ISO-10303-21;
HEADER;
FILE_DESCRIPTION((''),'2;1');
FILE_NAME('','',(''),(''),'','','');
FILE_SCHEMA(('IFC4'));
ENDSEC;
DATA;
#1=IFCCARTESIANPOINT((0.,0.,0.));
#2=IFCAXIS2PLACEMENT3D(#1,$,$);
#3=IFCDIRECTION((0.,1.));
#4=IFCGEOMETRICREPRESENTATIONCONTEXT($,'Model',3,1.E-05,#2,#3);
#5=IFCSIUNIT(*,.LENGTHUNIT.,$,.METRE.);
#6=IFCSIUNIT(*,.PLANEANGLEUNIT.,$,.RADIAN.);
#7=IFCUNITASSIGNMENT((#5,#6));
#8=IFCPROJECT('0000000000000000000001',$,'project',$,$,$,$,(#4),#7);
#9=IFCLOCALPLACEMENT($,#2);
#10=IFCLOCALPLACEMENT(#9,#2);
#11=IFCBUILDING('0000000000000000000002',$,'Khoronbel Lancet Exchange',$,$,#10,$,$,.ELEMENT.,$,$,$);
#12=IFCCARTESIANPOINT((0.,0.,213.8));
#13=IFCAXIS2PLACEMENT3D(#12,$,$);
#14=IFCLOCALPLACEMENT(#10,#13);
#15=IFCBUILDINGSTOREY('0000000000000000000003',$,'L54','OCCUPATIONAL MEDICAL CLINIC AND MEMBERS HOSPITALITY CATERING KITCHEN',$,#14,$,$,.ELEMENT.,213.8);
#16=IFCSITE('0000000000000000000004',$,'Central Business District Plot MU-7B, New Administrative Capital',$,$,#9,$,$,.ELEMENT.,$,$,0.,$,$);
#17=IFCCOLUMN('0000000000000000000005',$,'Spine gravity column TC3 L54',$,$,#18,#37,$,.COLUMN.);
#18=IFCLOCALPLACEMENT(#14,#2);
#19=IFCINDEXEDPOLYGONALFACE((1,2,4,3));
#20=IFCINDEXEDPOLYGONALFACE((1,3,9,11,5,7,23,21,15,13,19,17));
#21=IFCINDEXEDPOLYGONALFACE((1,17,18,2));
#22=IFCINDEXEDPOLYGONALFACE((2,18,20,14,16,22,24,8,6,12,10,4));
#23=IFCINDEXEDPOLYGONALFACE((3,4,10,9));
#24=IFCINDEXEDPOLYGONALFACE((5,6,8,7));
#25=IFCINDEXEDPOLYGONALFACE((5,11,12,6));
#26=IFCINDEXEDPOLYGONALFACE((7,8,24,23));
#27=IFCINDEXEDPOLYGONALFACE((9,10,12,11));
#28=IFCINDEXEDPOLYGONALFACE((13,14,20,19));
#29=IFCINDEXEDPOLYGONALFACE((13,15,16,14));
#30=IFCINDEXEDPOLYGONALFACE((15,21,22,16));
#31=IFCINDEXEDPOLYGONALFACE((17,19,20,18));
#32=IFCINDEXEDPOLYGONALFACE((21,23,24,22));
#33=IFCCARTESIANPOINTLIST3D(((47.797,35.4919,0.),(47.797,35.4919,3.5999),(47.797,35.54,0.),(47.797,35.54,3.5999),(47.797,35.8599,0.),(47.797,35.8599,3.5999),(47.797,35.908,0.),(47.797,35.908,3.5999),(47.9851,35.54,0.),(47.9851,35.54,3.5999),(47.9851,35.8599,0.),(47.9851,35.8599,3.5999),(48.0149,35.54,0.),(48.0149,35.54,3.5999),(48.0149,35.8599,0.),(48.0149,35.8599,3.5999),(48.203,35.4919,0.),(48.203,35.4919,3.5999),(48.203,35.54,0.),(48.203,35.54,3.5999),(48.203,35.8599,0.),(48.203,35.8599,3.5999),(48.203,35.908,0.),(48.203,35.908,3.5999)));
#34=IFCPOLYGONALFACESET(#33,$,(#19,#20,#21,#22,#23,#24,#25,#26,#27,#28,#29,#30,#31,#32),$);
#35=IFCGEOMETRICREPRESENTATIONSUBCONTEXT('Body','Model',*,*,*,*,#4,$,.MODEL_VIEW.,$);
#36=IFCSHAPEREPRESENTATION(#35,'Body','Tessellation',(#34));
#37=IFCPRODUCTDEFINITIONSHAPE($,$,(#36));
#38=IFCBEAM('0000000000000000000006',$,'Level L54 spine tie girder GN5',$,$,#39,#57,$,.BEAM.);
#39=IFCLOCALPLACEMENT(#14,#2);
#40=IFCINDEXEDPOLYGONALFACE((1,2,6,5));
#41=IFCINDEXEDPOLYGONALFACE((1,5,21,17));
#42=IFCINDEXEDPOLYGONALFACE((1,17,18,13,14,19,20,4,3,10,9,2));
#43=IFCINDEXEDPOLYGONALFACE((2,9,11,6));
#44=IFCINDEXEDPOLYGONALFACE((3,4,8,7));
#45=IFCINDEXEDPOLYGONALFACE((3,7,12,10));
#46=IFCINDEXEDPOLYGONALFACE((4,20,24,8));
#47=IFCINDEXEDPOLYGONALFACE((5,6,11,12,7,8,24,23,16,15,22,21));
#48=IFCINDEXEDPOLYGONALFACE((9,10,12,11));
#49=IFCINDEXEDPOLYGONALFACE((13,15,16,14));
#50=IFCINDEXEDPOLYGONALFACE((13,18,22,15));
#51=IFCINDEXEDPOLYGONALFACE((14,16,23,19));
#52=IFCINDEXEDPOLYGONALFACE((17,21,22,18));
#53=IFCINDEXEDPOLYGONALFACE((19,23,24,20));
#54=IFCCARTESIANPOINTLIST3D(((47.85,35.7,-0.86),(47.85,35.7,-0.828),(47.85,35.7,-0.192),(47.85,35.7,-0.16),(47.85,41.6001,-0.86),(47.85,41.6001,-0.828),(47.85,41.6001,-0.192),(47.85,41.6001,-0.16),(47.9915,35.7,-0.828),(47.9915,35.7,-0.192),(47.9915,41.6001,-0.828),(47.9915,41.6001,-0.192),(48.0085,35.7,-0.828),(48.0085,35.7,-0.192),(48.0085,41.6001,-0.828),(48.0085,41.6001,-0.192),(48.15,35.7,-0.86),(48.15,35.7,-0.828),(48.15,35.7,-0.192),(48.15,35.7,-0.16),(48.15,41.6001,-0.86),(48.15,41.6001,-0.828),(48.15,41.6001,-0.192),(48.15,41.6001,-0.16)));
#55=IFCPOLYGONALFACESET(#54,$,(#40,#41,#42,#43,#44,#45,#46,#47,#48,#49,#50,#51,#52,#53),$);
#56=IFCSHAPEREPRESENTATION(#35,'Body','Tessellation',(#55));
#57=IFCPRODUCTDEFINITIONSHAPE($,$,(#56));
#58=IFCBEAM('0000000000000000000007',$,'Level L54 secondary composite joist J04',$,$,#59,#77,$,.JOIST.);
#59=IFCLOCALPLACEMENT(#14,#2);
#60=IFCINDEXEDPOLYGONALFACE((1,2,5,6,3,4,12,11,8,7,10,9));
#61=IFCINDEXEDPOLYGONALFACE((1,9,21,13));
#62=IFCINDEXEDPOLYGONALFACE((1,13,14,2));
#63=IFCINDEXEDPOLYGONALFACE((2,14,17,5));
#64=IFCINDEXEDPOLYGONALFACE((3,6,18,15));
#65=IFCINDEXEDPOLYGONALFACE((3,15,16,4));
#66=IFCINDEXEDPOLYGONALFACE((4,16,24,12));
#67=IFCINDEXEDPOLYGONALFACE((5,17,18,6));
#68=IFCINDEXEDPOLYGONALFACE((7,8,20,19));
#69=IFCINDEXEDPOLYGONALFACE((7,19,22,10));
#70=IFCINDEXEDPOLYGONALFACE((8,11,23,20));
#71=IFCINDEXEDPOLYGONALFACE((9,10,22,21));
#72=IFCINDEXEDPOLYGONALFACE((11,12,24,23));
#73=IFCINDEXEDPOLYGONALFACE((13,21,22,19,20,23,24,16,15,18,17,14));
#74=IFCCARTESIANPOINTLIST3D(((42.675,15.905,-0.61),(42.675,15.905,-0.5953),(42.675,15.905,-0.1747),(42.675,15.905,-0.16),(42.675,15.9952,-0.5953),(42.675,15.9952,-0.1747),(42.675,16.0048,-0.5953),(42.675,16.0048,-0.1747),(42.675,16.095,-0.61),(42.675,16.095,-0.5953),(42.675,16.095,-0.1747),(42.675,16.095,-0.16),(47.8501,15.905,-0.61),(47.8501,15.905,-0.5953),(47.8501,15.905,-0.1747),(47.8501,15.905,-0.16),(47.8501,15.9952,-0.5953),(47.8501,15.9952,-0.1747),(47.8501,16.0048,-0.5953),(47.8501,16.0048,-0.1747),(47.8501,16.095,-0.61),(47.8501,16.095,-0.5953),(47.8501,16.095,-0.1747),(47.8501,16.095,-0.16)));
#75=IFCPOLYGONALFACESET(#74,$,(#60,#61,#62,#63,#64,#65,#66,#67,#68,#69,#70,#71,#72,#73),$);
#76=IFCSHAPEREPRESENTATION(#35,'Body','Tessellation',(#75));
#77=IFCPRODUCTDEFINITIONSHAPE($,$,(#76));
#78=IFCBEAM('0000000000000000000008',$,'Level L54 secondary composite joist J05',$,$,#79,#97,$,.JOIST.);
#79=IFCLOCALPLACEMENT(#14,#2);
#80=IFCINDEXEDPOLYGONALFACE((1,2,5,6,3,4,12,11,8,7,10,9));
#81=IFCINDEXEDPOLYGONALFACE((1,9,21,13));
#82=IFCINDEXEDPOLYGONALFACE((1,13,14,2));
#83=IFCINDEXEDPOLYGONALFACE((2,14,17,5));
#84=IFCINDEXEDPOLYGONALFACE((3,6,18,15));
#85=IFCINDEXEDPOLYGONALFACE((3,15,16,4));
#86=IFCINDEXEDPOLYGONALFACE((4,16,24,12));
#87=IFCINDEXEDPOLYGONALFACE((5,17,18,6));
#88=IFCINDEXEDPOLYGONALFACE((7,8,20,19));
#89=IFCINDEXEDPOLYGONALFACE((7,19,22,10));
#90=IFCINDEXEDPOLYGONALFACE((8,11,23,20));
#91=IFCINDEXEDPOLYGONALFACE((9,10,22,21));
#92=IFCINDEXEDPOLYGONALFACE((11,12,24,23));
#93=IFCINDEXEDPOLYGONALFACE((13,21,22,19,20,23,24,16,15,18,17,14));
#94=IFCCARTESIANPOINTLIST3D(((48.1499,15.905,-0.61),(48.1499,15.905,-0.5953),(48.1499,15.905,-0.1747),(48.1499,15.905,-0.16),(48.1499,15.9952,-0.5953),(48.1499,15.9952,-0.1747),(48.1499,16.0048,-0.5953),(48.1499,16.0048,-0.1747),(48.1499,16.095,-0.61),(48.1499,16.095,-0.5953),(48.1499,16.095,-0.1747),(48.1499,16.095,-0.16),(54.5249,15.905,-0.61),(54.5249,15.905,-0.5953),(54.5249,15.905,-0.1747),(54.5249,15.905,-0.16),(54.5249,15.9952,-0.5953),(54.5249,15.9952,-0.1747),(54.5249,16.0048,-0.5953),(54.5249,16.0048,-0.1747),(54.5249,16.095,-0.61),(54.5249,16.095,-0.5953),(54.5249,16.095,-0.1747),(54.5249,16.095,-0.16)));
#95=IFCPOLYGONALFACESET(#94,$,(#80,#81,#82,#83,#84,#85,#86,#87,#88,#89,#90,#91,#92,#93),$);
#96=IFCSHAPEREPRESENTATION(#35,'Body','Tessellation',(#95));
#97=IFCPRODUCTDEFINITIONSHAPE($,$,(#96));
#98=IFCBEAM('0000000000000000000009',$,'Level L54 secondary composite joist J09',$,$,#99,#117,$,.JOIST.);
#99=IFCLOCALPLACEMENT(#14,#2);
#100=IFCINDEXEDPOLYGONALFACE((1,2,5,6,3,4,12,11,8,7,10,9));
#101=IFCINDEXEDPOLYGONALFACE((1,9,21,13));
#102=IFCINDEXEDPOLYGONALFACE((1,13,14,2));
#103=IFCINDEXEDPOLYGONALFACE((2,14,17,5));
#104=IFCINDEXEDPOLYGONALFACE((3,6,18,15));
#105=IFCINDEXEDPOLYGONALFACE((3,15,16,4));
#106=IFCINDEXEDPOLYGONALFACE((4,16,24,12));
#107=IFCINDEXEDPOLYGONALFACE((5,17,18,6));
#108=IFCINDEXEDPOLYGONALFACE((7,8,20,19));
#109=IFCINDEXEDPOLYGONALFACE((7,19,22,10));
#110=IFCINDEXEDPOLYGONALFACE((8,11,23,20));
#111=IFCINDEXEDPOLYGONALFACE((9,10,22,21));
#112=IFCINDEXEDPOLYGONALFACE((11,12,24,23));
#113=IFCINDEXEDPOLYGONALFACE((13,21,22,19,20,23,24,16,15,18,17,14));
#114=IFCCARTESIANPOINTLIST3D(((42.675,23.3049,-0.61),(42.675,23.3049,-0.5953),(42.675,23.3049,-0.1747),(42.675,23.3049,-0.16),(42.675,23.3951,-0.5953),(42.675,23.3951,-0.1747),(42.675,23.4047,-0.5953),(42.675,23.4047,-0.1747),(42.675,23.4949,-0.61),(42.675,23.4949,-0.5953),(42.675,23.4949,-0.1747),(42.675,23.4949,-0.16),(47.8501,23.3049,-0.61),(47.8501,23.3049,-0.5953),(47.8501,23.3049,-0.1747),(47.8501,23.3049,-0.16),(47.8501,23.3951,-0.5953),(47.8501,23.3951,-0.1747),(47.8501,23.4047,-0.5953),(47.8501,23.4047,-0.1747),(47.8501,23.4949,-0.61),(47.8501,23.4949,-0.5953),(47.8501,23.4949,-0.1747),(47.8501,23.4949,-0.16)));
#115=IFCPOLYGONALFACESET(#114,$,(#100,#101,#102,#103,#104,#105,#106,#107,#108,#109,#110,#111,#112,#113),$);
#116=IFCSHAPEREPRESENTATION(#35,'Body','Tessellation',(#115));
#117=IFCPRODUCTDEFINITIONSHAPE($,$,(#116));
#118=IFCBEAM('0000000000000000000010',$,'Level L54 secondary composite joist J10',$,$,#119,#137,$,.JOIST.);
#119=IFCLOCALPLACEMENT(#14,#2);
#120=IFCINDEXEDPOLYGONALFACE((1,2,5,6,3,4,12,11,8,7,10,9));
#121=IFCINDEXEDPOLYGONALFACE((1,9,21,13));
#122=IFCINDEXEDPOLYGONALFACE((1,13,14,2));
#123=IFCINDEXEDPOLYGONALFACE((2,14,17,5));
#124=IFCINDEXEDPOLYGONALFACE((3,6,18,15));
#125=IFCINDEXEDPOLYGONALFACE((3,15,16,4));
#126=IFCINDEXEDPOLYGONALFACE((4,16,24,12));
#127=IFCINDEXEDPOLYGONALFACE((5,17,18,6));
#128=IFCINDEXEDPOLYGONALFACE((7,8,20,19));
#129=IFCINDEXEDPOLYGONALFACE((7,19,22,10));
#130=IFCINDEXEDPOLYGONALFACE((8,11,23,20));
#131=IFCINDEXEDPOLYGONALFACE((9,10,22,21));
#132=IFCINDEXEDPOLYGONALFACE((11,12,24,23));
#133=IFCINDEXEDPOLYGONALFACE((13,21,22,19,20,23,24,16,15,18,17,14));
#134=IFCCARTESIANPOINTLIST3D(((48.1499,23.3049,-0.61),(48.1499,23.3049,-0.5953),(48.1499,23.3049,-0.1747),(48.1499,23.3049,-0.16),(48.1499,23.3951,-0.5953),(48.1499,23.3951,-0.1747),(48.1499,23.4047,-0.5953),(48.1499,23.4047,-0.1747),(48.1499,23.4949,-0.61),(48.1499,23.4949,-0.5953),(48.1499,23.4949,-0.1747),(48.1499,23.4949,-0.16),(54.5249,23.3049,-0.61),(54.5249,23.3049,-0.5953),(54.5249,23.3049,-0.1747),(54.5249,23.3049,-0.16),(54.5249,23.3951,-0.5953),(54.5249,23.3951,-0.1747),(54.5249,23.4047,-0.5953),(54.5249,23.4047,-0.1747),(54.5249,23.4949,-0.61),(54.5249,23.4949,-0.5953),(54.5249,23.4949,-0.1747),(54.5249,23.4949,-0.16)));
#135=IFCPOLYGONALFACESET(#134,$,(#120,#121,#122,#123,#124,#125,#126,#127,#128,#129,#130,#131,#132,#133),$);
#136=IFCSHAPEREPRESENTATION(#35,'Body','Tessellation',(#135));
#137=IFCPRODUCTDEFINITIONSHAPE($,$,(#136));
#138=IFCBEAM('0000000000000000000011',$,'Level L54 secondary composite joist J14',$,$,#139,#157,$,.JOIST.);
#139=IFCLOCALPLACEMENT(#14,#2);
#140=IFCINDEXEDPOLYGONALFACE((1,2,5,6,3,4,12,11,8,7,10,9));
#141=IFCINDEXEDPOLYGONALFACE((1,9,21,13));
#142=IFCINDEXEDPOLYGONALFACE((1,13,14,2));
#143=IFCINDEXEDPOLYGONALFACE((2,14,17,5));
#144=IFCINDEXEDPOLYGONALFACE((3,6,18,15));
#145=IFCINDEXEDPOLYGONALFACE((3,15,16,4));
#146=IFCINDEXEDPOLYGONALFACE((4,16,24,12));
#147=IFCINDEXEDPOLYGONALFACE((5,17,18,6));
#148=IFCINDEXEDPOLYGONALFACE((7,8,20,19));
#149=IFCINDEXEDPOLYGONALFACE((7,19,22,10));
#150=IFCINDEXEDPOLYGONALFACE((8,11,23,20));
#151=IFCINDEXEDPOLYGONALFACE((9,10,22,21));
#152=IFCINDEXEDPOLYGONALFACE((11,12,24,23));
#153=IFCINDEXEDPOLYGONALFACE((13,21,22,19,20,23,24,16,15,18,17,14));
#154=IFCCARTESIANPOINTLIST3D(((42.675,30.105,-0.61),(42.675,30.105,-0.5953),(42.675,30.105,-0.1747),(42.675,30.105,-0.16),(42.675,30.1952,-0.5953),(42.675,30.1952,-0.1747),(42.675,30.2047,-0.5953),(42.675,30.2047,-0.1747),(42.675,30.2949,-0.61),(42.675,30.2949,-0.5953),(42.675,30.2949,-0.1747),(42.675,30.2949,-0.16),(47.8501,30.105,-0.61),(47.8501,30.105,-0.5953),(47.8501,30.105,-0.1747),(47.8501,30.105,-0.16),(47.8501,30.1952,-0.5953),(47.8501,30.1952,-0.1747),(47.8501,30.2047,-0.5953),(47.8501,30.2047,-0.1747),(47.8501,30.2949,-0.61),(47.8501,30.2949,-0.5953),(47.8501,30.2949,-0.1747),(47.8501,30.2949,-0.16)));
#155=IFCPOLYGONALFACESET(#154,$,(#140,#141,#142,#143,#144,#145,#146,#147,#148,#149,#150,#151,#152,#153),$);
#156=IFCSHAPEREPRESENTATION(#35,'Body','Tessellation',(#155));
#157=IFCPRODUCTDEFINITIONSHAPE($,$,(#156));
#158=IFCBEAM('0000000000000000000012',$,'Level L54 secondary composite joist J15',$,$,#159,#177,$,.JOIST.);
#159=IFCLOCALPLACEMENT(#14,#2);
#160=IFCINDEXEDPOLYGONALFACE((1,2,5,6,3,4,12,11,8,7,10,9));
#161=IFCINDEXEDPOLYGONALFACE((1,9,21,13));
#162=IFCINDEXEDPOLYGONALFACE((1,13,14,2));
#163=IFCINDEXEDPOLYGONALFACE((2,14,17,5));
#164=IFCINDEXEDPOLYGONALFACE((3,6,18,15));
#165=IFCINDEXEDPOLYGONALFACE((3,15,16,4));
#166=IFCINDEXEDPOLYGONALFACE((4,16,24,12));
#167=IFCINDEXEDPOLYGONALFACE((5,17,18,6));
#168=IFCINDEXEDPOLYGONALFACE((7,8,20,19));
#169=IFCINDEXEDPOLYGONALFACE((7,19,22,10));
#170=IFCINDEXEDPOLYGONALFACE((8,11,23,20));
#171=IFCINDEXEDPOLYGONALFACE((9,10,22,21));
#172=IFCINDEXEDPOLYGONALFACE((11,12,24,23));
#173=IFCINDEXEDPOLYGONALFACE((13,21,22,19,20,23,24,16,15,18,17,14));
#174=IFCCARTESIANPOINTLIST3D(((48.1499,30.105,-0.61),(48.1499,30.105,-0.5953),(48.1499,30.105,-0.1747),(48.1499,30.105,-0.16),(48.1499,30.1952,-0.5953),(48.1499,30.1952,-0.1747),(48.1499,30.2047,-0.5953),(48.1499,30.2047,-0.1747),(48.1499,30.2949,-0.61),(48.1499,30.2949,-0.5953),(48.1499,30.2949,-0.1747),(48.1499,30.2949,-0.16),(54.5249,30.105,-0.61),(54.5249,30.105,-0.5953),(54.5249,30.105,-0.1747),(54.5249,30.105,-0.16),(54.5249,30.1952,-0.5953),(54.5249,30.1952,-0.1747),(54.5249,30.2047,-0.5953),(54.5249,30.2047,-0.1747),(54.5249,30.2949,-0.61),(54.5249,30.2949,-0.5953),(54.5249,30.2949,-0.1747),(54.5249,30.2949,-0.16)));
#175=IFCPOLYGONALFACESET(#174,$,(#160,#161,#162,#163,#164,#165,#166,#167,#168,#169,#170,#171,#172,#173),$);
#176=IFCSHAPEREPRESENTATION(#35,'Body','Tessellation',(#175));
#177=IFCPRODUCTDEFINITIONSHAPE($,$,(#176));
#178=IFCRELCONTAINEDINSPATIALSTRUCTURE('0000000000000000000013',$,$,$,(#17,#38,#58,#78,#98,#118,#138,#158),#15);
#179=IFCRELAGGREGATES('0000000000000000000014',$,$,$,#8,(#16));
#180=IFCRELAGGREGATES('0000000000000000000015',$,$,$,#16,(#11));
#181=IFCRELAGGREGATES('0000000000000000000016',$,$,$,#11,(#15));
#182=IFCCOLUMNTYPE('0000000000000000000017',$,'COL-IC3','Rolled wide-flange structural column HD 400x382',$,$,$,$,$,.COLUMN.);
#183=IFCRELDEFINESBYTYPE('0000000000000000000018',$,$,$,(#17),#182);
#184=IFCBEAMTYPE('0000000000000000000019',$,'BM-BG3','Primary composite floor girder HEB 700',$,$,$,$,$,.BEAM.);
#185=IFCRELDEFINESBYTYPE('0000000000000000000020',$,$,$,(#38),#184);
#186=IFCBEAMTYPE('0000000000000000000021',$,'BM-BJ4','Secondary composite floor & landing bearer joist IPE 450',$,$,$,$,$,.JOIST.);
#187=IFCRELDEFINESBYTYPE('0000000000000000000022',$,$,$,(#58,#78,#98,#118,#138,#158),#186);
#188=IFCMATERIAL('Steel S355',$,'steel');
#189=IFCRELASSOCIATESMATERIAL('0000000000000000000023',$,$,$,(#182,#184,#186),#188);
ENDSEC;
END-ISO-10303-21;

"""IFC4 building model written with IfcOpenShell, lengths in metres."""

from ifc_helpers import new_model, si_unit, direction, frame, origin, origin_2d, place, context, subcontext, project, spatial, i_section, extrude, material, material_profile, profile_set, type_object, element, save


model = new_model("IFC4")

# Units and contexts
model_context = context("Model", 3, precision=1e-05, world=origin(), true_north=direction((0.0, 1.0)))
body_context = subcontext(model_context, "Body", "Model", "MODEL_VIEW")
ifc_project = project(units=[si_unit("LENGTHUNIT", "METRE"), si_unit("PLANEANGLEUNIT", "RADIAN")], contexts=[model_context])

# Site, building, storey
site_placement = place(None, origin())
site = spatial("IfcSite", under=ifc_project, at=site_placement, Name="Central Business District Plot MU-7B, New Administrative Capital", CompositionType="ELEMENT", RefElevation=0.0)
building_placement = place(site_placement, origin())
building = spatial("IfcBuilding", under=site, at=building_placement, Name="Khoronbel Lancet Exchange", CompositionType="ELEMENT")
storey_placement = place(building_placement, frame((0.0, 0.0, 213.8)))
storey = spatial("IfcBuildingStorey", under=building, at=storey_placement, Name="L54", Description="OCCUPATIONAL MEDICAL CLINIC AND MEMBERS HOSPITALITY CATERING KITCHEN", CompositionType="ELEMENT", Elevation=213.8)

# Column
ifc_material_1 = material(Name="Steel S355", Category="steel")
ifc_material_profile_1 = material_profile(ifc_material_1, i_section(OverallWidth=0.406, OverallDepth=0.416, WebThickness=0.0298, FlangeThickness=0.0481, at=origin_2d()), Name="HD 400x382")
ifc_profile_set_1 = profile_set([ifc_material_profile_1], Name="Steel S355")
column_type = type_object("IfcColumnType", Name="COL-IC3", Description="Rolled wide-flange structural column HD 400x382", PredefinedType="COLUMN", material=ifc_profile_set_1)
column_placement = place(storey_placement, frame((48.0, 35.7, 0.0), z_axis=(0.0, 0.0, 1.0), x_axis=(1.0, 0.0, 0.0)))
element("IfcColumn", 1, at=column_placement, inside=storey, type_object=column_type, Name="Spine gravity column TC3 L54", PredefinedType="COLUMN", context=body_context, shape_type="SweptSolid", body=[
    extrude(i_section(OverallWidth=0.406, OverallDepth=0.416, WebThickness=0.0298, FlangeThickness=0.0481, at=origin_2d()), origin(), (0.0, 0.0, 1.0), 3.5999),
])

# Beams
ifc_material_profile_2 = material_profile(ifc_material_1, i_section(OverallWidth=0.3, OverallDepth=0.7, WebThickness=0.0171, FlangeThickness=0.032, at=origin_2d()), Name="HEB 700")
ifc_profile_set_2 = profile_set([ifc_material_profile_2], Name="Steel S355")
beam_type_1 = type_object("IfcBeamType", Name="BM-BG3", Description="Primary composite floor girder HEB 700", PredefinedType="BEAM", material=ifc_profile_set_2)
beam_1_placement = place(storey_placement, frame((48.0, 35.7, -0.51), z_axis=(0.0, 1.0, 0.0), x_axis=(-1.0, 0.0, 0.0)))
element("IfcBeam", 2, at=beam_1_placement, inside=storey, type_object=beam_type_1, Name="Level L54 spine tie girder GN5", PredefinedType="BEAM", context=body_context, shape_type="SweptSolid", body=[
    extrude(i_section(OverallWidth=0.3, OverallDepth=0.7, WebThickness=0.0171, FlangeThickness=0.032, at=origin_2d()), origin(), (0.0, 0.0, 1.0), 5.9001),
])
ifc_material_profile_3 = material_profile(ifc_material_1, i_section(OverallWidth=0.1899, OverallDepth=0.45, WebThickness=0.0095, FlangeThickness=0.0146, at=origin_2d()), Name="IPE 450")
ifc_profile_set_3 = profile_set([ifc_material_profile_3], Name="Steel S355")
beam_type_2 = type_object("IfcBeamType", Name="BM-BJ4", Description="Secondary composite floor & landing bearer joist IPE 450", PredefinedType="JOIST", material=ifc_profile_set_3)
beam_2_placement = place(storey_placement, frame((42.675, 16.0, -0.385), z_axis=(1.0, 0.0, 0.0), x_axis=(0.0, 1.0, 0.0)))
element("IfcBeam", 3, at=beam_2_placement, inside=storey, type_object=beam_type_2, Name="Level L54 secondary composite joist J04", PredefinedType="JOIST", context=body_context, shape_type="SweptSolid", body=[
    extrude(i_section(OverallWidth=0.1899, OverallDepth=0.45, WebThickness=0.0095, FlangeThickness=0.0146, at=origin_2d()), origin(), (0.0, 0.0, 1.0), 5.175),
])
beam_3_placement = place(storey_placement, frame((48.1499, 16.0, -0.385), z_axis=(1.0, 0.0, 0.0), x_axis=(0.0, 1.0, 0.0)))
element("IfcBeam", 4, at=beam_3_placement, inside=storey, type_object=beam_type_2, Name="Level L54 secondary composite joist J05", PredefinedType="JOIST", context=body_context, shape_type="SweptSolid", body=[
    extrude(i_section(OverallWidth=0.1899, OverallDepth=0.45, WebThickness=0.0095, FlangeThickness=0.0146, at=origin_2d()), origin(), (0.0, 0.0, 1.0), 6.375),
])
beam_4_placement = place(storey_placement, frame((42.675, 23.3999, -0.385), z_axis=(1.0, 0.0, 0.0), x_axis=(0.0, 1.0, 0.0)))
element("IfcBeam", 5, at=beam_4_placement, inside=storey, type_object=beam_type_2, Name="Level L54 secondary composite joist J09", PredefinedType="JOIST", context=body_context, shape_type="SweptSolid", body=[
    extrude(i_section(OverallWidth=0.1899, OverallDepth=0.45, WebThickness=0.0095, FlangeThickness=0.0146, at=origin_2d()), origin(), (0.0, 0.0, 1.0), 5.175),
])
beam_5_placement = place(storey_placement, frame((48.1499, 23.3999, -0.385), z_axis=(1.0, 0.0, 0.0), x_axis=(0.0, 1.0, 0.0)))
element("IfcBeam", 6, at=beam_5_placement, inside=storey, type_object=beam_type_2, Name="Level L54 secondary composite joist J10", PredefinedType="JOIST", context=body_context, shape_type="SweptSolid", body=[
    extrude(i_section(OverallWidth=0.1899, OverallDepth=0.45, WebThickness=0.0095, FlangeThickness=0.0146, at=origin_2d()), origin(), (0.0, 0.0, 1.0), 6.375),
])
beam_6_placement = place(storey_placement, frame((42.675, 30.2, -0.385), z_axis=(1.0, 0.0, 0.0), x_axis=(0.0, 1.0, 0.0)))
element("IfcBeam", 7, at=beam_6_placement, inside=storey, type_object=beam_type_2, Name="Level L54 secondary composite joist J14", PredefinedType="JOIST", context=body_context, shape_type="SweptSolid", body=[
    extrude(i_section(OverallWidth=0.1899, OverallDepth=0.45, WebThickness=0.0095, FlangeThickness=0.0146, at=origin_2d()), origin(), (0.0, 0.0, 1.0), 5.175),
])
beam_7_placement = place(storey_placement, frame((48.1499, 30.2, -0.385), z_axis=(1.0, 0.0, 0.0), x_axis=(0.0, 1.0, 0.0)))
element("IfcBeam", 8, at=beam_7_placement, inside=storey, type_object=beam_type_2, Name="Level L54 secondary composite joist J15", PredefinedType="JOIST", context=body_context, shape_type="SweptSolid", body=[
    extrude(i_section(OverallWidth=0.1899, OverallDepth=0.45, WebThickness=0.0095, FlangeThickness=0.0146, at=origin_2d()), origin(), (0.0, 0.0, 1.0), 6.375),
])

save(model, "model.ifc")
